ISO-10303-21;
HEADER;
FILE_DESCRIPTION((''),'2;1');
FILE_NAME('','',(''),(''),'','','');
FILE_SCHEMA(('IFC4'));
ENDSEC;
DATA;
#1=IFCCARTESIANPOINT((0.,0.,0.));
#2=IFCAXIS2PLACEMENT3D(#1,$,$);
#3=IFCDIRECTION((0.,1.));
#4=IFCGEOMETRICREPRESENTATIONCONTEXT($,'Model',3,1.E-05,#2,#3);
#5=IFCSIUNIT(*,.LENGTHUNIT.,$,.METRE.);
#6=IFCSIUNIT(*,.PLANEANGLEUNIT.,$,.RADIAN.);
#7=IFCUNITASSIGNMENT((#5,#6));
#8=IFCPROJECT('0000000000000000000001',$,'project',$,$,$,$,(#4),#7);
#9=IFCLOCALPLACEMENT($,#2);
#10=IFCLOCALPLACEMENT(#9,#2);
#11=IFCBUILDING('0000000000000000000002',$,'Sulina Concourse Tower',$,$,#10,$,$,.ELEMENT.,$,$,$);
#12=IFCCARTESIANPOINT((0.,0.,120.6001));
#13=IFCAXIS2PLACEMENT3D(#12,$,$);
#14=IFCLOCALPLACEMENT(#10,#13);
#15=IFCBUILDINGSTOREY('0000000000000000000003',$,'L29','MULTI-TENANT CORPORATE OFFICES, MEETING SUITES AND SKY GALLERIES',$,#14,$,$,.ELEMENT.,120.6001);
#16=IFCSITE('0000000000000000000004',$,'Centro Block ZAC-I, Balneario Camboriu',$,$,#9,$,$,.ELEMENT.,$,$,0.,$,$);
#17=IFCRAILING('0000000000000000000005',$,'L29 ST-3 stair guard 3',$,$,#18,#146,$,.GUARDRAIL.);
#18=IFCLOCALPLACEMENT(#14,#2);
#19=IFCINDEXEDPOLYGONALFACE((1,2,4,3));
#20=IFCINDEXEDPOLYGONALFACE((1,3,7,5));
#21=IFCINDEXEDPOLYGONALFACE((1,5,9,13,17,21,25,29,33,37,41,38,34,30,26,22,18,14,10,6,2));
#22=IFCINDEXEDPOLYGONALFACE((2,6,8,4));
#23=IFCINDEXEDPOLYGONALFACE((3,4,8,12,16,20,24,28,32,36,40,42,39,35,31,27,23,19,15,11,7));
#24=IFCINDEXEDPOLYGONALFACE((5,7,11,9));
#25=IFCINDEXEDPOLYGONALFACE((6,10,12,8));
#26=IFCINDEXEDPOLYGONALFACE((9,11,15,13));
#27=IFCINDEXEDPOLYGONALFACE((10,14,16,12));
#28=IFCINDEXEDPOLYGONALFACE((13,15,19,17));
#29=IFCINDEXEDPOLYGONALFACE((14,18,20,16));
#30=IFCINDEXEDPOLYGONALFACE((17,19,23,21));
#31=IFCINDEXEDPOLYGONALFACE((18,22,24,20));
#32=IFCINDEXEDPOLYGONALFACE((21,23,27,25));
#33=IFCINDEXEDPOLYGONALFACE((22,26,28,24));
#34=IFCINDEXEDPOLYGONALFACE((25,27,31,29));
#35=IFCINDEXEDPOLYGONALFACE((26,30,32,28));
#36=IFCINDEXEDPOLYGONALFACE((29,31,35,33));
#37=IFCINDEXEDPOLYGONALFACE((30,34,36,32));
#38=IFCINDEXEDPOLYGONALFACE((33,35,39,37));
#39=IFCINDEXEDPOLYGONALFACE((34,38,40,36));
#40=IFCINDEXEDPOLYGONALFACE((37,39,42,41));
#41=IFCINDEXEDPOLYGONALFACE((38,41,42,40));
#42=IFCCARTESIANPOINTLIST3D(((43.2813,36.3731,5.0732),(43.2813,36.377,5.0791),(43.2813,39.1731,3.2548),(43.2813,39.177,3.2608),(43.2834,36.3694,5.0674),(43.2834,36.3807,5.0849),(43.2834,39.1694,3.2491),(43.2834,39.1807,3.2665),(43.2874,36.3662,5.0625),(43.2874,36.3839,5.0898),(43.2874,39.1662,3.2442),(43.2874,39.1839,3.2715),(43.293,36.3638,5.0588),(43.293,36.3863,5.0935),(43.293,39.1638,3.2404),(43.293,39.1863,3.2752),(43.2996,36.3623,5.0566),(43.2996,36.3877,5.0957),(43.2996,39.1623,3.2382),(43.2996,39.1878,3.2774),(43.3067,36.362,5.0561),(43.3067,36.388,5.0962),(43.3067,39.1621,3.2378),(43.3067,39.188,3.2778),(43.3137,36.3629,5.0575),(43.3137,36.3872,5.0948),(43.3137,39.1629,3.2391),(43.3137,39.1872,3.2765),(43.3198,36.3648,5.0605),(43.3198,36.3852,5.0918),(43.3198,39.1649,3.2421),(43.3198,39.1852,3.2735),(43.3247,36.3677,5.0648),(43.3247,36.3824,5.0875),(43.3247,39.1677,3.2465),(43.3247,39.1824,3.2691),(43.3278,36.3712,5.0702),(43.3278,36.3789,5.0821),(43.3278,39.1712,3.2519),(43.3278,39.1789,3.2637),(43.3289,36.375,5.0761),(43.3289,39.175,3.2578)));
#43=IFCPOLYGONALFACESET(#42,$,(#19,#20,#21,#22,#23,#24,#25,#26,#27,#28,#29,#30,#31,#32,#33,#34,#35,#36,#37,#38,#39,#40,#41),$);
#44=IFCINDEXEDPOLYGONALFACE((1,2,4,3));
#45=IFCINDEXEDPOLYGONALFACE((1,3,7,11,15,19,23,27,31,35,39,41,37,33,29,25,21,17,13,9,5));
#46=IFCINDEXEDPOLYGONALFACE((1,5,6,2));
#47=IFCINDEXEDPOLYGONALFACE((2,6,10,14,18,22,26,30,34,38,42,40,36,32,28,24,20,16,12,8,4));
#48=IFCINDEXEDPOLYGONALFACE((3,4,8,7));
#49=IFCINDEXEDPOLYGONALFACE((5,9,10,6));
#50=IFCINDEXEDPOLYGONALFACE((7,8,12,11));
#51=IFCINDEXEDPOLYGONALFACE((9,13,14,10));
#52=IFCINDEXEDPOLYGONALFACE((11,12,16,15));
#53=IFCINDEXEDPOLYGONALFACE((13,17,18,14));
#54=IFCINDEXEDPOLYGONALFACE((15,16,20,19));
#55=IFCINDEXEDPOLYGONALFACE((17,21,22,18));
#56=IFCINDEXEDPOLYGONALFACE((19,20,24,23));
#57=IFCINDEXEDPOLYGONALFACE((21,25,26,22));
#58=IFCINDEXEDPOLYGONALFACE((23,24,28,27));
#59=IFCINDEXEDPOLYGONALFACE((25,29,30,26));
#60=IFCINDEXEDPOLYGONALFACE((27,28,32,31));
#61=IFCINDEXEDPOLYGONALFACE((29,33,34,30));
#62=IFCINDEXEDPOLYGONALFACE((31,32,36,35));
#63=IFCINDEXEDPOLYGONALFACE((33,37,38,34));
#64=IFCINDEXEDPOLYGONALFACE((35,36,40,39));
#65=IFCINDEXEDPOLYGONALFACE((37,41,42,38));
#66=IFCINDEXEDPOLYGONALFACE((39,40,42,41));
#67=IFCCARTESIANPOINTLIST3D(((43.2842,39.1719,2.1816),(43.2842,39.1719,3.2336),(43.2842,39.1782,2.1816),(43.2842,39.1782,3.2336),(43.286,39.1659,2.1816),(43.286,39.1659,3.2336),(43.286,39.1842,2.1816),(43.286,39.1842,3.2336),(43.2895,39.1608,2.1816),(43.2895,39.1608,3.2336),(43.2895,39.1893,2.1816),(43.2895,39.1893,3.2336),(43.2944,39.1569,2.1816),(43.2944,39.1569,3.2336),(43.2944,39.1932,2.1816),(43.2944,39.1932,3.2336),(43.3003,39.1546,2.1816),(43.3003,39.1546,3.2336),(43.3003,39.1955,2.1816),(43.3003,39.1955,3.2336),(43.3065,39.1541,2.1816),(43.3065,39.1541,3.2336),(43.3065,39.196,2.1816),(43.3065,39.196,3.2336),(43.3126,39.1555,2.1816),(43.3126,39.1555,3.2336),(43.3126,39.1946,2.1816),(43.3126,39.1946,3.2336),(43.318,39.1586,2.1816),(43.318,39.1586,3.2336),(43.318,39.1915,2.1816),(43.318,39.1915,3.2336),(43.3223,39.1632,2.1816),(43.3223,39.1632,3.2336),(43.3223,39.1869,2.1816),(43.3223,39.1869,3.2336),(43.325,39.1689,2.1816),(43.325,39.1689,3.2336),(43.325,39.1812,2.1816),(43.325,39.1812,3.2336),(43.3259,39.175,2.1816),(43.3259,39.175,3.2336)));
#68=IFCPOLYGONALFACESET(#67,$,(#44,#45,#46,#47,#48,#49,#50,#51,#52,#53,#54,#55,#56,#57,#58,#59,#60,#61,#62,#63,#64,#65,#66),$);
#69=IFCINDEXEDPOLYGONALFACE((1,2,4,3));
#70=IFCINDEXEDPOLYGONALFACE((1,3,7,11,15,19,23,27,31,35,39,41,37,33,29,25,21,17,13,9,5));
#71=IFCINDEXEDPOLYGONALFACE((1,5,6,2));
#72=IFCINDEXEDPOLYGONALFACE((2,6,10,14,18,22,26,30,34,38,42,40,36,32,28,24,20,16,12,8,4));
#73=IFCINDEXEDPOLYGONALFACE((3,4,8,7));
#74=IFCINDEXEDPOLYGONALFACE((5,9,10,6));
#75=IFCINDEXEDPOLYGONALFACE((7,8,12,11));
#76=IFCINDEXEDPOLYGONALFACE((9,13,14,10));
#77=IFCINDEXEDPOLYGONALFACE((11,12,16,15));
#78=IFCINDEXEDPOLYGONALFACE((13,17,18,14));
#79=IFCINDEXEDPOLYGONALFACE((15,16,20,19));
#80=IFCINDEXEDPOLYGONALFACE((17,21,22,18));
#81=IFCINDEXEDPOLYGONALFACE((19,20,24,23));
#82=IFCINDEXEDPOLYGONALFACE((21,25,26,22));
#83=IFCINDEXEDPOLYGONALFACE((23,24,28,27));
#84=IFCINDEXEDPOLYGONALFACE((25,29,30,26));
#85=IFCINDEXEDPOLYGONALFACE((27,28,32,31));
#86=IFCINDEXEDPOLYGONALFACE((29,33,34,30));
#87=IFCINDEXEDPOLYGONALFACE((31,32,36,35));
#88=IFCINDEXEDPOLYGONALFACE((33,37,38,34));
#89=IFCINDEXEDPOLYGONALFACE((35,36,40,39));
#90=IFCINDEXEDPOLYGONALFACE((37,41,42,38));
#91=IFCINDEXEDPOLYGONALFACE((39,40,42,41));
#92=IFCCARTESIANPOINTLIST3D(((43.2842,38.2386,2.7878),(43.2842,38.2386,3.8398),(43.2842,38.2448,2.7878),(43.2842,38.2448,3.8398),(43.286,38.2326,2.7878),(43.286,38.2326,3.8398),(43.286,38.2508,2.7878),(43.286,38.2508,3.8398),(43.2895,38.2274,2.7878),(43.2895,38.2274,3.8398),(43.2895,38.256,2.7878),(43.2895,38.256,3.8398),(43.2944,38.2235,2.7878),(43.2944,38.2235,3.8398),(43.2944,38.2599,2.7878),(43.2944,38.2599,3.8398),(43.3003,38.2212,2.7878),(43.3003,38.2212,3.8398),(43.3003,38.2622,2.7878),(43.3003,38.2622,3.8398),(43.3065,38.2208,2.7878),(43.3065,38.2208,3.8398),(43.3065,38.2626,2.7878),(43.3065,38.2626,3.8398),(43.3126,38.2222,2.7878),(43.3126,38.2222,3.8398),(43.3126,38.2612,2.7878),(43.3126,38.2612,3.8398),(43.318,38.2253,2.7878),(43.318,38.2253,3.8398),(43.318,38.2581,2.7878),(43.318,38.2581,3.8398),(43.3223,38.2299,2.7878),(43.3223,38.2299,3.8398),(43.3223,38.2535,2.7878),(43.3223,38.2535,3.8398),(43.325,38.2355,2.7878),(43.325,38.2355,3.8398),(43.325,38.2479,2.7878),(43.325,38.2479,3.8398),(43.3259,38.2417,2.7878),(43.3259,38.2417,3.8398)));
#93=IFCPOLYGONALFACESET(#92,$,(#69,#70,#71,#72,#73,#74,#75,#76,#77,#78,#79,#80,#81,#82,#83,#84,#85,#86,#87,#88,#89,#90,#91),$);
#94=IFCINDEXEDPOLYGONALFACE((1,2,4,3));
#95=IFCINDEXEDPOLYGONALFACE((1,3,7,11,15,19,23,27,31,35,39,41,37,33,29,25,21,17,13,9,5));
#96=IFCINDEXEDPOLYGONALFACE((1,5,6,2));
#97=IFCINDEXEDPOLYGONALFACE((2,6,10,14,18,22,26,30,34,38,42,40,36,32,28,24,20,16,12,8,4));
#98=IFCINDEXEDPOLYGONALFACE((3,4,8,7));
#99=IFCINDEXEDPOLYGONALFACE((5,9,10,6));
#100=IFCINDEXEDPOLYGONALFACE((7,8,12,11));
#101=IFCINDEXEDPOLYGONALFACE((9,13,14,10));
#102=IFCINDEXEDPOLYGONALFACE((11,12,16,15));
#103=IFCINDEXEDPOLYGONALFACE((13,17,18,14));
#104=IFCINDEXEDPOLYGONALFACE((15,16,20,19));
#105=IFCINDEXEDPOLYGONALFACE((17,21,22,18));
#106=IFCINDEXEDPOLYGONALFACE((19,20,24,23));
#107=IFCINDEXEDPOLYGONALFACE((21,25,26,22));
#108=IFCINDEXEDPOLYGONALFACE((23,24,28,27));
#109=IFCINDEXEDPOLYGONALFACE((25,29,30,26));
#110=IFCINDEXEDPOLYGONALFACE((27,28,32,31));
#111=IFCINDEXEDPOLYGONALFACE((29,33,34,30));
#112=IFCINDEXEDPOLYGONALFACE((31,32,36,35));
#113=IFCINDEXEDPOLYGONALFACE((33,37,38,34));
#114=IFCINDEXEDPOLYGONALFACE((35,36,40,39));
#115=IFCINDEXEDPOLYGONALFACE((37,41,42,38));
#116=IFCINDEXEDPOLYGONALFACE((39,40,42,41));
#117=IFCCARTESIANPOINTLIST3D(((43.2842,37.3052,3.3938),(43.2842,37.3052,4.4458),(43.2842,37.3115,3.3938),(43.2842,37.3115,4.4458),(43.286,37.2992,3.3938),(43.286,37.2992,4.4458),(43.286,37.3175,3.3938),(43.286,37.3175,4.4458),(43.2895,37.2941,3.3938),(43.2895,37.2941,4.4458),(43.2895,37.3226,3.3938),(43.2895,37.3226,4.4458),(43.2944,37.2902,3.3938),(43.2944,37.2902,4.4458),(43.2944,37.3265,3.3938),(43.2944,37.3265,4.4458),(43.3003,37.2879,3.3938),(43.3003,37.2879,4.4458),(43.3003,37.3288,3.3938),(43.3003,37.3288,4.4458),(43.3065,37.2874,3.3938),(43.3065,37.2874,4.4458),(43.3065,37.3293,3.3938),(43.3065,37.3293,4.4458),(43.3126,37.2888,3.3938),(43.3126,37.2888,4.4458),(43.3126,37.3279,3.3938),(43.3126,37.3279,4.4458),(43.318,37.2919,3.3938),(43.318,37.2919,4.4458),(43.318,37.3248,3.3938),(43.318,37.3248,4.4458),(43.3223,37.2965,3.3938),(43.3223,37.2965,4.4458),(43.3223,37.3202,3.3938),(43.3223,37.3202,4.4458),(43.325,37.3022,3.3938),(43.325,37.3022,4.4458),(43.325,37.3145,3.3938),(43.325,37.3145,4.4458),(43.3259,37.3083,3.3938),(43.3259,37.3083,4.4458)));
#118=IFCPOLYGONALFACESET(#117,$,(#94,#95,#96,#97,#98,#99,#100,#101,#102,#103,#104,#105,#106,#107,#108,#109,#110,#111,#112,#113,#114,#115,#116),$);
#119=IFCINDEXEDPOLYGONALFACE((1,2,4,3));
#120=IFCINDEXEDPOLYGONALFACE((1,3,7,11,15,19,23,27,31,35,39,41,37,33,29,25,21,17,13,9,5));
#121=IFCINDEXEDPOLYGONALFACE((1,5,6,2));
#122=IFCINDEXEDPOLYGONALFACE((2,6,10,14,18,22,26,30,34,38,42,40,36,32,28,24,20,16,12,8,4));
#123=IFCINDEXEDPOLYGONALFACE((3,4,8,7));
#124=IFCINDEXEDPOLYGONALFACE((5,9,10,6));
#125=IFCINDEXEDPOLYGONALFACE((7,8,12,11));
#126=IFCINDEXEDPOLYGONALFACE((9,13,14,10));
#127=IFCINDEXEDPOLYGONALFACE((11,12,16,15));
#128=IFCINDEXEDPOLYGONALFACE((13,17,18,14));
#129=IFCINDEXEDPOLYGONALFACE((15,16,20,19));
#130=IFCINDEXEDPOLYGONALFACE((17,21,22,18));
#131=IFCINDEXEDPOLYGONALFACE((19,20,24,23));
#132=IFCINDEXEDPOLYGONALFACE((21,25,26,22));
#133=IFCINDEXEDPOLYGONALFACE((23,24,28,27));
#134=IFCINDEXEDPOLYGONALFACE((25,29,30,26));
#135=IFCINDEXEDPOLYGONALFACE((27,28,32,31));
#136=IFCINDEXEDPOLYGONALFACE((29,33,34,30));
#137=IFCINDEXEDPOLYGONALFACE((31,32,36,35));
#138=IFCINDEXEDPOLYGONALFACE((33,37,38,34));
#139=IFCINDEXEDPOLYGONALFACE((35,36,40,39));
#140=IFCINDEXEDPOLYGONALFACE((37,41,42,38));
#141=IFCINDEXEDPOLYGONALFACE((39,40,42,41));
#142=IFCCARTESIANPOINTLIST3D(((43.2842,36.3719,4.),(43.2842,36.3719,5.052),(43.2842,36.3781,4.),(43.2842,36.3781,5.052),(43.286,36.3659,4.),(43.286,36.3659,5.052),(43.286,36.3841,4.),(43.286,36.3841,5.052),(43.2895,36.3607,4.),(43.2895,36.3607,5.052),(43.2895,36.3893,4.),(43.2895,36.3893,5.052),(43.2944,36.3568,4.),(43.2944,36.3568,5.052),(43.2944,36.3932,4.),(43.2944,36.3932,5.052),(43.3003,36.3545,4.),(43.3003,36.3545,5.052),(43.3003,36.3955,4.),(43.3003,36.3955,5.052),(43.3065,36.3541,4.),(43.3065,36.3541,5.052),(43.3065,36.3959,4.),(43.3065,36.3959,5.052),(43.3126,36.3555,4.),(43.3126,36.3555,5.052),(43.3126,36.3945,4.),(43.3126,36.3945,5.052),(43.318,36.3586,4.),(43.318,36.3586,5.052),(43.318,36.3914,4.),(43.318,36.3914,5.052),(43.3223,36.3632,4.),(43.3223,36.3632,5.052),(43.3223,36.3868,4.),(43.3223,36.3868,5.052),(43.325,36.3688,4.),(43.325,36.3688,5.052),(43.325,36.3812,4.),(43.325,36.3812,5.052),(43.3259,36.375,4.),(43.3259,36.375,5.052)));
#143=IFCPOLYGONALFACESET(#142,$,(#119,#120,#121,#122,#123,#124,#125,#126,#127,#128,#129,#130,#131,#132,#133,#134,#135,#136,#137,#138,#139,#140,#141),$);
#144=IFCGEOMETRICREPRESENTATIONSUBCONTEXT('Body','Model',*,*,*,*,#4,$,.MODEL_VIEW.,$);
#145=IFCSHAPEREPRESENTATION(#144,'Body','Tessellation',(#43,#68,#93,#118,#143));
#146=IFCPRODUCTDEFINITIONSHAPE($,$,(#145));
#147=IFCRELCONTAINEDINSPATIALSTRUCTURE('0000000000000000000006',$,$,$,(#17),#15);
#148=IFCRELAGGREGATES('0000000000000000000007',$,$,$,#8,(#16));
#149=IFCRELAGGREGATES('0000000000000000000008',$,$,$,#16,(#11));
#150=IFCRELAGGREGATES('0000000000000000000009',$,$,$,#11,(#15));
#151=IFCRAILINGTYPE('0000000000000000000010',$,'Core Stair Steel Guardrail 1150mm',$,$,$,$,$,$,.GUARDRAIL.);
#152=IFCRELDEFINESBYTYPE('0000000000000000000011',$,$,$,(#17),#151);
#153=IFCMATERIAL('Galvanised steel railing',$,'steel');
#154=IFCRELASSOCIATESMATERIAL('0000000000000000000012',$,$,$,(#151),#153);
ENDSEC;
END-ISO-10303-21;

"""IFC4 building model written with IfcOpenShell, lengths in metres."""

from ifc_helpers import new_model, si_unit, direction, frame, origin, origin_2d, place, context, subcontext, project, spatial, circle, extrude, material, type_object, element, save


model = new_model("IFC4")

# Units and contexts
model_context = context("Model", 3, precision=1e-05, world=origin(), true_north=direction((0.0, 1.0)))
body_context = subcontext(model_context, "Body", "Model", "MODEL_VIEW")
ifc_project = project(units=[si_unit("LENGTHUNIT", "METRE"), si_unit("PLANEANGLEUNIT", "RADIAN")], contexts=[model_context])

# Site, building, storey
site_placement = place(None, origin())
site = spatial("IfcSite", under=ifc_project, at=site_placement, Name="Centro Block ZAC-I, Balneario Camboriu", CompositionType="ELEMENT", RefElevation=0.0)
building_placement = place(site_placement, origin())
building = spatial("IfcBuilding", under=site, at=building_placement, Name="Sulina Concourse Tower", CompositionType="ELEMENT")
storey_placement = place(building_placement, frame((0.0, 0.0, 120.6001)))
storey = spatial("IfcBuildingStorey", under=building, at=storey_placement, Name="L29", Description="MULTI-TENANT CORPORATE OFFICES, MEETING SUITES AND SKY GALLERIES", CompositionType="ELEMENT", Elevation=120.6001)

# Railing
ifc_material_1 = material(Name="Galvanised steel railing", Category="steel")
railing_type_1 = type_object("IfcRailingType", Name="Core Stair Steel Guardrail 1150mm", PredefinedType="GUARDRAIL", material=ifc_material_1)
railing_1_placement = place(storey_placement, frame((43.3049, 39.175, 2.1816)))
element("IfcRailing", 1, at=railing_1_placement, inside=storey, type_object=railing_type_1, Name="L29 ST-3 stair guard 3", PredefinedType="GUARDRAIL", context=body_context, shape_type="SweptSolid", body=[
    extrude(circle(Radius=0.0239, at=origin_2d()), frame((0.0, 0.0, 1.0762), z_axis=(0.0, -0.838672, 0.544636), x_axis=(1.0, 0.0, 0.0)), (0.0, 0.0, 1.0), 3.3386),
    extrude(circle(Radius=0.021, at=origin_2d()), origin(), (0.0, 0.0, 1.0), 1.052),
    extrude(circle(Radius=0.021, at=origin_2d()), frame((0.0, -0.9333, 0.6062)), (0.0, 0.0, 1.0), 1.052),
    extrude(circle(Radius=0.021, at=origin_2d()), frame((0.0, -1.8667, 1.2122)), (0.0, 0.0, 1.0), 1.052),
    extrude(circle(Radius=0.021, at=origin_2d()), frame((0.0, -2.8, 1.8184)), (0.0, 0.0, 1.0), 1.052),
])

save(model, "model.ifc")
